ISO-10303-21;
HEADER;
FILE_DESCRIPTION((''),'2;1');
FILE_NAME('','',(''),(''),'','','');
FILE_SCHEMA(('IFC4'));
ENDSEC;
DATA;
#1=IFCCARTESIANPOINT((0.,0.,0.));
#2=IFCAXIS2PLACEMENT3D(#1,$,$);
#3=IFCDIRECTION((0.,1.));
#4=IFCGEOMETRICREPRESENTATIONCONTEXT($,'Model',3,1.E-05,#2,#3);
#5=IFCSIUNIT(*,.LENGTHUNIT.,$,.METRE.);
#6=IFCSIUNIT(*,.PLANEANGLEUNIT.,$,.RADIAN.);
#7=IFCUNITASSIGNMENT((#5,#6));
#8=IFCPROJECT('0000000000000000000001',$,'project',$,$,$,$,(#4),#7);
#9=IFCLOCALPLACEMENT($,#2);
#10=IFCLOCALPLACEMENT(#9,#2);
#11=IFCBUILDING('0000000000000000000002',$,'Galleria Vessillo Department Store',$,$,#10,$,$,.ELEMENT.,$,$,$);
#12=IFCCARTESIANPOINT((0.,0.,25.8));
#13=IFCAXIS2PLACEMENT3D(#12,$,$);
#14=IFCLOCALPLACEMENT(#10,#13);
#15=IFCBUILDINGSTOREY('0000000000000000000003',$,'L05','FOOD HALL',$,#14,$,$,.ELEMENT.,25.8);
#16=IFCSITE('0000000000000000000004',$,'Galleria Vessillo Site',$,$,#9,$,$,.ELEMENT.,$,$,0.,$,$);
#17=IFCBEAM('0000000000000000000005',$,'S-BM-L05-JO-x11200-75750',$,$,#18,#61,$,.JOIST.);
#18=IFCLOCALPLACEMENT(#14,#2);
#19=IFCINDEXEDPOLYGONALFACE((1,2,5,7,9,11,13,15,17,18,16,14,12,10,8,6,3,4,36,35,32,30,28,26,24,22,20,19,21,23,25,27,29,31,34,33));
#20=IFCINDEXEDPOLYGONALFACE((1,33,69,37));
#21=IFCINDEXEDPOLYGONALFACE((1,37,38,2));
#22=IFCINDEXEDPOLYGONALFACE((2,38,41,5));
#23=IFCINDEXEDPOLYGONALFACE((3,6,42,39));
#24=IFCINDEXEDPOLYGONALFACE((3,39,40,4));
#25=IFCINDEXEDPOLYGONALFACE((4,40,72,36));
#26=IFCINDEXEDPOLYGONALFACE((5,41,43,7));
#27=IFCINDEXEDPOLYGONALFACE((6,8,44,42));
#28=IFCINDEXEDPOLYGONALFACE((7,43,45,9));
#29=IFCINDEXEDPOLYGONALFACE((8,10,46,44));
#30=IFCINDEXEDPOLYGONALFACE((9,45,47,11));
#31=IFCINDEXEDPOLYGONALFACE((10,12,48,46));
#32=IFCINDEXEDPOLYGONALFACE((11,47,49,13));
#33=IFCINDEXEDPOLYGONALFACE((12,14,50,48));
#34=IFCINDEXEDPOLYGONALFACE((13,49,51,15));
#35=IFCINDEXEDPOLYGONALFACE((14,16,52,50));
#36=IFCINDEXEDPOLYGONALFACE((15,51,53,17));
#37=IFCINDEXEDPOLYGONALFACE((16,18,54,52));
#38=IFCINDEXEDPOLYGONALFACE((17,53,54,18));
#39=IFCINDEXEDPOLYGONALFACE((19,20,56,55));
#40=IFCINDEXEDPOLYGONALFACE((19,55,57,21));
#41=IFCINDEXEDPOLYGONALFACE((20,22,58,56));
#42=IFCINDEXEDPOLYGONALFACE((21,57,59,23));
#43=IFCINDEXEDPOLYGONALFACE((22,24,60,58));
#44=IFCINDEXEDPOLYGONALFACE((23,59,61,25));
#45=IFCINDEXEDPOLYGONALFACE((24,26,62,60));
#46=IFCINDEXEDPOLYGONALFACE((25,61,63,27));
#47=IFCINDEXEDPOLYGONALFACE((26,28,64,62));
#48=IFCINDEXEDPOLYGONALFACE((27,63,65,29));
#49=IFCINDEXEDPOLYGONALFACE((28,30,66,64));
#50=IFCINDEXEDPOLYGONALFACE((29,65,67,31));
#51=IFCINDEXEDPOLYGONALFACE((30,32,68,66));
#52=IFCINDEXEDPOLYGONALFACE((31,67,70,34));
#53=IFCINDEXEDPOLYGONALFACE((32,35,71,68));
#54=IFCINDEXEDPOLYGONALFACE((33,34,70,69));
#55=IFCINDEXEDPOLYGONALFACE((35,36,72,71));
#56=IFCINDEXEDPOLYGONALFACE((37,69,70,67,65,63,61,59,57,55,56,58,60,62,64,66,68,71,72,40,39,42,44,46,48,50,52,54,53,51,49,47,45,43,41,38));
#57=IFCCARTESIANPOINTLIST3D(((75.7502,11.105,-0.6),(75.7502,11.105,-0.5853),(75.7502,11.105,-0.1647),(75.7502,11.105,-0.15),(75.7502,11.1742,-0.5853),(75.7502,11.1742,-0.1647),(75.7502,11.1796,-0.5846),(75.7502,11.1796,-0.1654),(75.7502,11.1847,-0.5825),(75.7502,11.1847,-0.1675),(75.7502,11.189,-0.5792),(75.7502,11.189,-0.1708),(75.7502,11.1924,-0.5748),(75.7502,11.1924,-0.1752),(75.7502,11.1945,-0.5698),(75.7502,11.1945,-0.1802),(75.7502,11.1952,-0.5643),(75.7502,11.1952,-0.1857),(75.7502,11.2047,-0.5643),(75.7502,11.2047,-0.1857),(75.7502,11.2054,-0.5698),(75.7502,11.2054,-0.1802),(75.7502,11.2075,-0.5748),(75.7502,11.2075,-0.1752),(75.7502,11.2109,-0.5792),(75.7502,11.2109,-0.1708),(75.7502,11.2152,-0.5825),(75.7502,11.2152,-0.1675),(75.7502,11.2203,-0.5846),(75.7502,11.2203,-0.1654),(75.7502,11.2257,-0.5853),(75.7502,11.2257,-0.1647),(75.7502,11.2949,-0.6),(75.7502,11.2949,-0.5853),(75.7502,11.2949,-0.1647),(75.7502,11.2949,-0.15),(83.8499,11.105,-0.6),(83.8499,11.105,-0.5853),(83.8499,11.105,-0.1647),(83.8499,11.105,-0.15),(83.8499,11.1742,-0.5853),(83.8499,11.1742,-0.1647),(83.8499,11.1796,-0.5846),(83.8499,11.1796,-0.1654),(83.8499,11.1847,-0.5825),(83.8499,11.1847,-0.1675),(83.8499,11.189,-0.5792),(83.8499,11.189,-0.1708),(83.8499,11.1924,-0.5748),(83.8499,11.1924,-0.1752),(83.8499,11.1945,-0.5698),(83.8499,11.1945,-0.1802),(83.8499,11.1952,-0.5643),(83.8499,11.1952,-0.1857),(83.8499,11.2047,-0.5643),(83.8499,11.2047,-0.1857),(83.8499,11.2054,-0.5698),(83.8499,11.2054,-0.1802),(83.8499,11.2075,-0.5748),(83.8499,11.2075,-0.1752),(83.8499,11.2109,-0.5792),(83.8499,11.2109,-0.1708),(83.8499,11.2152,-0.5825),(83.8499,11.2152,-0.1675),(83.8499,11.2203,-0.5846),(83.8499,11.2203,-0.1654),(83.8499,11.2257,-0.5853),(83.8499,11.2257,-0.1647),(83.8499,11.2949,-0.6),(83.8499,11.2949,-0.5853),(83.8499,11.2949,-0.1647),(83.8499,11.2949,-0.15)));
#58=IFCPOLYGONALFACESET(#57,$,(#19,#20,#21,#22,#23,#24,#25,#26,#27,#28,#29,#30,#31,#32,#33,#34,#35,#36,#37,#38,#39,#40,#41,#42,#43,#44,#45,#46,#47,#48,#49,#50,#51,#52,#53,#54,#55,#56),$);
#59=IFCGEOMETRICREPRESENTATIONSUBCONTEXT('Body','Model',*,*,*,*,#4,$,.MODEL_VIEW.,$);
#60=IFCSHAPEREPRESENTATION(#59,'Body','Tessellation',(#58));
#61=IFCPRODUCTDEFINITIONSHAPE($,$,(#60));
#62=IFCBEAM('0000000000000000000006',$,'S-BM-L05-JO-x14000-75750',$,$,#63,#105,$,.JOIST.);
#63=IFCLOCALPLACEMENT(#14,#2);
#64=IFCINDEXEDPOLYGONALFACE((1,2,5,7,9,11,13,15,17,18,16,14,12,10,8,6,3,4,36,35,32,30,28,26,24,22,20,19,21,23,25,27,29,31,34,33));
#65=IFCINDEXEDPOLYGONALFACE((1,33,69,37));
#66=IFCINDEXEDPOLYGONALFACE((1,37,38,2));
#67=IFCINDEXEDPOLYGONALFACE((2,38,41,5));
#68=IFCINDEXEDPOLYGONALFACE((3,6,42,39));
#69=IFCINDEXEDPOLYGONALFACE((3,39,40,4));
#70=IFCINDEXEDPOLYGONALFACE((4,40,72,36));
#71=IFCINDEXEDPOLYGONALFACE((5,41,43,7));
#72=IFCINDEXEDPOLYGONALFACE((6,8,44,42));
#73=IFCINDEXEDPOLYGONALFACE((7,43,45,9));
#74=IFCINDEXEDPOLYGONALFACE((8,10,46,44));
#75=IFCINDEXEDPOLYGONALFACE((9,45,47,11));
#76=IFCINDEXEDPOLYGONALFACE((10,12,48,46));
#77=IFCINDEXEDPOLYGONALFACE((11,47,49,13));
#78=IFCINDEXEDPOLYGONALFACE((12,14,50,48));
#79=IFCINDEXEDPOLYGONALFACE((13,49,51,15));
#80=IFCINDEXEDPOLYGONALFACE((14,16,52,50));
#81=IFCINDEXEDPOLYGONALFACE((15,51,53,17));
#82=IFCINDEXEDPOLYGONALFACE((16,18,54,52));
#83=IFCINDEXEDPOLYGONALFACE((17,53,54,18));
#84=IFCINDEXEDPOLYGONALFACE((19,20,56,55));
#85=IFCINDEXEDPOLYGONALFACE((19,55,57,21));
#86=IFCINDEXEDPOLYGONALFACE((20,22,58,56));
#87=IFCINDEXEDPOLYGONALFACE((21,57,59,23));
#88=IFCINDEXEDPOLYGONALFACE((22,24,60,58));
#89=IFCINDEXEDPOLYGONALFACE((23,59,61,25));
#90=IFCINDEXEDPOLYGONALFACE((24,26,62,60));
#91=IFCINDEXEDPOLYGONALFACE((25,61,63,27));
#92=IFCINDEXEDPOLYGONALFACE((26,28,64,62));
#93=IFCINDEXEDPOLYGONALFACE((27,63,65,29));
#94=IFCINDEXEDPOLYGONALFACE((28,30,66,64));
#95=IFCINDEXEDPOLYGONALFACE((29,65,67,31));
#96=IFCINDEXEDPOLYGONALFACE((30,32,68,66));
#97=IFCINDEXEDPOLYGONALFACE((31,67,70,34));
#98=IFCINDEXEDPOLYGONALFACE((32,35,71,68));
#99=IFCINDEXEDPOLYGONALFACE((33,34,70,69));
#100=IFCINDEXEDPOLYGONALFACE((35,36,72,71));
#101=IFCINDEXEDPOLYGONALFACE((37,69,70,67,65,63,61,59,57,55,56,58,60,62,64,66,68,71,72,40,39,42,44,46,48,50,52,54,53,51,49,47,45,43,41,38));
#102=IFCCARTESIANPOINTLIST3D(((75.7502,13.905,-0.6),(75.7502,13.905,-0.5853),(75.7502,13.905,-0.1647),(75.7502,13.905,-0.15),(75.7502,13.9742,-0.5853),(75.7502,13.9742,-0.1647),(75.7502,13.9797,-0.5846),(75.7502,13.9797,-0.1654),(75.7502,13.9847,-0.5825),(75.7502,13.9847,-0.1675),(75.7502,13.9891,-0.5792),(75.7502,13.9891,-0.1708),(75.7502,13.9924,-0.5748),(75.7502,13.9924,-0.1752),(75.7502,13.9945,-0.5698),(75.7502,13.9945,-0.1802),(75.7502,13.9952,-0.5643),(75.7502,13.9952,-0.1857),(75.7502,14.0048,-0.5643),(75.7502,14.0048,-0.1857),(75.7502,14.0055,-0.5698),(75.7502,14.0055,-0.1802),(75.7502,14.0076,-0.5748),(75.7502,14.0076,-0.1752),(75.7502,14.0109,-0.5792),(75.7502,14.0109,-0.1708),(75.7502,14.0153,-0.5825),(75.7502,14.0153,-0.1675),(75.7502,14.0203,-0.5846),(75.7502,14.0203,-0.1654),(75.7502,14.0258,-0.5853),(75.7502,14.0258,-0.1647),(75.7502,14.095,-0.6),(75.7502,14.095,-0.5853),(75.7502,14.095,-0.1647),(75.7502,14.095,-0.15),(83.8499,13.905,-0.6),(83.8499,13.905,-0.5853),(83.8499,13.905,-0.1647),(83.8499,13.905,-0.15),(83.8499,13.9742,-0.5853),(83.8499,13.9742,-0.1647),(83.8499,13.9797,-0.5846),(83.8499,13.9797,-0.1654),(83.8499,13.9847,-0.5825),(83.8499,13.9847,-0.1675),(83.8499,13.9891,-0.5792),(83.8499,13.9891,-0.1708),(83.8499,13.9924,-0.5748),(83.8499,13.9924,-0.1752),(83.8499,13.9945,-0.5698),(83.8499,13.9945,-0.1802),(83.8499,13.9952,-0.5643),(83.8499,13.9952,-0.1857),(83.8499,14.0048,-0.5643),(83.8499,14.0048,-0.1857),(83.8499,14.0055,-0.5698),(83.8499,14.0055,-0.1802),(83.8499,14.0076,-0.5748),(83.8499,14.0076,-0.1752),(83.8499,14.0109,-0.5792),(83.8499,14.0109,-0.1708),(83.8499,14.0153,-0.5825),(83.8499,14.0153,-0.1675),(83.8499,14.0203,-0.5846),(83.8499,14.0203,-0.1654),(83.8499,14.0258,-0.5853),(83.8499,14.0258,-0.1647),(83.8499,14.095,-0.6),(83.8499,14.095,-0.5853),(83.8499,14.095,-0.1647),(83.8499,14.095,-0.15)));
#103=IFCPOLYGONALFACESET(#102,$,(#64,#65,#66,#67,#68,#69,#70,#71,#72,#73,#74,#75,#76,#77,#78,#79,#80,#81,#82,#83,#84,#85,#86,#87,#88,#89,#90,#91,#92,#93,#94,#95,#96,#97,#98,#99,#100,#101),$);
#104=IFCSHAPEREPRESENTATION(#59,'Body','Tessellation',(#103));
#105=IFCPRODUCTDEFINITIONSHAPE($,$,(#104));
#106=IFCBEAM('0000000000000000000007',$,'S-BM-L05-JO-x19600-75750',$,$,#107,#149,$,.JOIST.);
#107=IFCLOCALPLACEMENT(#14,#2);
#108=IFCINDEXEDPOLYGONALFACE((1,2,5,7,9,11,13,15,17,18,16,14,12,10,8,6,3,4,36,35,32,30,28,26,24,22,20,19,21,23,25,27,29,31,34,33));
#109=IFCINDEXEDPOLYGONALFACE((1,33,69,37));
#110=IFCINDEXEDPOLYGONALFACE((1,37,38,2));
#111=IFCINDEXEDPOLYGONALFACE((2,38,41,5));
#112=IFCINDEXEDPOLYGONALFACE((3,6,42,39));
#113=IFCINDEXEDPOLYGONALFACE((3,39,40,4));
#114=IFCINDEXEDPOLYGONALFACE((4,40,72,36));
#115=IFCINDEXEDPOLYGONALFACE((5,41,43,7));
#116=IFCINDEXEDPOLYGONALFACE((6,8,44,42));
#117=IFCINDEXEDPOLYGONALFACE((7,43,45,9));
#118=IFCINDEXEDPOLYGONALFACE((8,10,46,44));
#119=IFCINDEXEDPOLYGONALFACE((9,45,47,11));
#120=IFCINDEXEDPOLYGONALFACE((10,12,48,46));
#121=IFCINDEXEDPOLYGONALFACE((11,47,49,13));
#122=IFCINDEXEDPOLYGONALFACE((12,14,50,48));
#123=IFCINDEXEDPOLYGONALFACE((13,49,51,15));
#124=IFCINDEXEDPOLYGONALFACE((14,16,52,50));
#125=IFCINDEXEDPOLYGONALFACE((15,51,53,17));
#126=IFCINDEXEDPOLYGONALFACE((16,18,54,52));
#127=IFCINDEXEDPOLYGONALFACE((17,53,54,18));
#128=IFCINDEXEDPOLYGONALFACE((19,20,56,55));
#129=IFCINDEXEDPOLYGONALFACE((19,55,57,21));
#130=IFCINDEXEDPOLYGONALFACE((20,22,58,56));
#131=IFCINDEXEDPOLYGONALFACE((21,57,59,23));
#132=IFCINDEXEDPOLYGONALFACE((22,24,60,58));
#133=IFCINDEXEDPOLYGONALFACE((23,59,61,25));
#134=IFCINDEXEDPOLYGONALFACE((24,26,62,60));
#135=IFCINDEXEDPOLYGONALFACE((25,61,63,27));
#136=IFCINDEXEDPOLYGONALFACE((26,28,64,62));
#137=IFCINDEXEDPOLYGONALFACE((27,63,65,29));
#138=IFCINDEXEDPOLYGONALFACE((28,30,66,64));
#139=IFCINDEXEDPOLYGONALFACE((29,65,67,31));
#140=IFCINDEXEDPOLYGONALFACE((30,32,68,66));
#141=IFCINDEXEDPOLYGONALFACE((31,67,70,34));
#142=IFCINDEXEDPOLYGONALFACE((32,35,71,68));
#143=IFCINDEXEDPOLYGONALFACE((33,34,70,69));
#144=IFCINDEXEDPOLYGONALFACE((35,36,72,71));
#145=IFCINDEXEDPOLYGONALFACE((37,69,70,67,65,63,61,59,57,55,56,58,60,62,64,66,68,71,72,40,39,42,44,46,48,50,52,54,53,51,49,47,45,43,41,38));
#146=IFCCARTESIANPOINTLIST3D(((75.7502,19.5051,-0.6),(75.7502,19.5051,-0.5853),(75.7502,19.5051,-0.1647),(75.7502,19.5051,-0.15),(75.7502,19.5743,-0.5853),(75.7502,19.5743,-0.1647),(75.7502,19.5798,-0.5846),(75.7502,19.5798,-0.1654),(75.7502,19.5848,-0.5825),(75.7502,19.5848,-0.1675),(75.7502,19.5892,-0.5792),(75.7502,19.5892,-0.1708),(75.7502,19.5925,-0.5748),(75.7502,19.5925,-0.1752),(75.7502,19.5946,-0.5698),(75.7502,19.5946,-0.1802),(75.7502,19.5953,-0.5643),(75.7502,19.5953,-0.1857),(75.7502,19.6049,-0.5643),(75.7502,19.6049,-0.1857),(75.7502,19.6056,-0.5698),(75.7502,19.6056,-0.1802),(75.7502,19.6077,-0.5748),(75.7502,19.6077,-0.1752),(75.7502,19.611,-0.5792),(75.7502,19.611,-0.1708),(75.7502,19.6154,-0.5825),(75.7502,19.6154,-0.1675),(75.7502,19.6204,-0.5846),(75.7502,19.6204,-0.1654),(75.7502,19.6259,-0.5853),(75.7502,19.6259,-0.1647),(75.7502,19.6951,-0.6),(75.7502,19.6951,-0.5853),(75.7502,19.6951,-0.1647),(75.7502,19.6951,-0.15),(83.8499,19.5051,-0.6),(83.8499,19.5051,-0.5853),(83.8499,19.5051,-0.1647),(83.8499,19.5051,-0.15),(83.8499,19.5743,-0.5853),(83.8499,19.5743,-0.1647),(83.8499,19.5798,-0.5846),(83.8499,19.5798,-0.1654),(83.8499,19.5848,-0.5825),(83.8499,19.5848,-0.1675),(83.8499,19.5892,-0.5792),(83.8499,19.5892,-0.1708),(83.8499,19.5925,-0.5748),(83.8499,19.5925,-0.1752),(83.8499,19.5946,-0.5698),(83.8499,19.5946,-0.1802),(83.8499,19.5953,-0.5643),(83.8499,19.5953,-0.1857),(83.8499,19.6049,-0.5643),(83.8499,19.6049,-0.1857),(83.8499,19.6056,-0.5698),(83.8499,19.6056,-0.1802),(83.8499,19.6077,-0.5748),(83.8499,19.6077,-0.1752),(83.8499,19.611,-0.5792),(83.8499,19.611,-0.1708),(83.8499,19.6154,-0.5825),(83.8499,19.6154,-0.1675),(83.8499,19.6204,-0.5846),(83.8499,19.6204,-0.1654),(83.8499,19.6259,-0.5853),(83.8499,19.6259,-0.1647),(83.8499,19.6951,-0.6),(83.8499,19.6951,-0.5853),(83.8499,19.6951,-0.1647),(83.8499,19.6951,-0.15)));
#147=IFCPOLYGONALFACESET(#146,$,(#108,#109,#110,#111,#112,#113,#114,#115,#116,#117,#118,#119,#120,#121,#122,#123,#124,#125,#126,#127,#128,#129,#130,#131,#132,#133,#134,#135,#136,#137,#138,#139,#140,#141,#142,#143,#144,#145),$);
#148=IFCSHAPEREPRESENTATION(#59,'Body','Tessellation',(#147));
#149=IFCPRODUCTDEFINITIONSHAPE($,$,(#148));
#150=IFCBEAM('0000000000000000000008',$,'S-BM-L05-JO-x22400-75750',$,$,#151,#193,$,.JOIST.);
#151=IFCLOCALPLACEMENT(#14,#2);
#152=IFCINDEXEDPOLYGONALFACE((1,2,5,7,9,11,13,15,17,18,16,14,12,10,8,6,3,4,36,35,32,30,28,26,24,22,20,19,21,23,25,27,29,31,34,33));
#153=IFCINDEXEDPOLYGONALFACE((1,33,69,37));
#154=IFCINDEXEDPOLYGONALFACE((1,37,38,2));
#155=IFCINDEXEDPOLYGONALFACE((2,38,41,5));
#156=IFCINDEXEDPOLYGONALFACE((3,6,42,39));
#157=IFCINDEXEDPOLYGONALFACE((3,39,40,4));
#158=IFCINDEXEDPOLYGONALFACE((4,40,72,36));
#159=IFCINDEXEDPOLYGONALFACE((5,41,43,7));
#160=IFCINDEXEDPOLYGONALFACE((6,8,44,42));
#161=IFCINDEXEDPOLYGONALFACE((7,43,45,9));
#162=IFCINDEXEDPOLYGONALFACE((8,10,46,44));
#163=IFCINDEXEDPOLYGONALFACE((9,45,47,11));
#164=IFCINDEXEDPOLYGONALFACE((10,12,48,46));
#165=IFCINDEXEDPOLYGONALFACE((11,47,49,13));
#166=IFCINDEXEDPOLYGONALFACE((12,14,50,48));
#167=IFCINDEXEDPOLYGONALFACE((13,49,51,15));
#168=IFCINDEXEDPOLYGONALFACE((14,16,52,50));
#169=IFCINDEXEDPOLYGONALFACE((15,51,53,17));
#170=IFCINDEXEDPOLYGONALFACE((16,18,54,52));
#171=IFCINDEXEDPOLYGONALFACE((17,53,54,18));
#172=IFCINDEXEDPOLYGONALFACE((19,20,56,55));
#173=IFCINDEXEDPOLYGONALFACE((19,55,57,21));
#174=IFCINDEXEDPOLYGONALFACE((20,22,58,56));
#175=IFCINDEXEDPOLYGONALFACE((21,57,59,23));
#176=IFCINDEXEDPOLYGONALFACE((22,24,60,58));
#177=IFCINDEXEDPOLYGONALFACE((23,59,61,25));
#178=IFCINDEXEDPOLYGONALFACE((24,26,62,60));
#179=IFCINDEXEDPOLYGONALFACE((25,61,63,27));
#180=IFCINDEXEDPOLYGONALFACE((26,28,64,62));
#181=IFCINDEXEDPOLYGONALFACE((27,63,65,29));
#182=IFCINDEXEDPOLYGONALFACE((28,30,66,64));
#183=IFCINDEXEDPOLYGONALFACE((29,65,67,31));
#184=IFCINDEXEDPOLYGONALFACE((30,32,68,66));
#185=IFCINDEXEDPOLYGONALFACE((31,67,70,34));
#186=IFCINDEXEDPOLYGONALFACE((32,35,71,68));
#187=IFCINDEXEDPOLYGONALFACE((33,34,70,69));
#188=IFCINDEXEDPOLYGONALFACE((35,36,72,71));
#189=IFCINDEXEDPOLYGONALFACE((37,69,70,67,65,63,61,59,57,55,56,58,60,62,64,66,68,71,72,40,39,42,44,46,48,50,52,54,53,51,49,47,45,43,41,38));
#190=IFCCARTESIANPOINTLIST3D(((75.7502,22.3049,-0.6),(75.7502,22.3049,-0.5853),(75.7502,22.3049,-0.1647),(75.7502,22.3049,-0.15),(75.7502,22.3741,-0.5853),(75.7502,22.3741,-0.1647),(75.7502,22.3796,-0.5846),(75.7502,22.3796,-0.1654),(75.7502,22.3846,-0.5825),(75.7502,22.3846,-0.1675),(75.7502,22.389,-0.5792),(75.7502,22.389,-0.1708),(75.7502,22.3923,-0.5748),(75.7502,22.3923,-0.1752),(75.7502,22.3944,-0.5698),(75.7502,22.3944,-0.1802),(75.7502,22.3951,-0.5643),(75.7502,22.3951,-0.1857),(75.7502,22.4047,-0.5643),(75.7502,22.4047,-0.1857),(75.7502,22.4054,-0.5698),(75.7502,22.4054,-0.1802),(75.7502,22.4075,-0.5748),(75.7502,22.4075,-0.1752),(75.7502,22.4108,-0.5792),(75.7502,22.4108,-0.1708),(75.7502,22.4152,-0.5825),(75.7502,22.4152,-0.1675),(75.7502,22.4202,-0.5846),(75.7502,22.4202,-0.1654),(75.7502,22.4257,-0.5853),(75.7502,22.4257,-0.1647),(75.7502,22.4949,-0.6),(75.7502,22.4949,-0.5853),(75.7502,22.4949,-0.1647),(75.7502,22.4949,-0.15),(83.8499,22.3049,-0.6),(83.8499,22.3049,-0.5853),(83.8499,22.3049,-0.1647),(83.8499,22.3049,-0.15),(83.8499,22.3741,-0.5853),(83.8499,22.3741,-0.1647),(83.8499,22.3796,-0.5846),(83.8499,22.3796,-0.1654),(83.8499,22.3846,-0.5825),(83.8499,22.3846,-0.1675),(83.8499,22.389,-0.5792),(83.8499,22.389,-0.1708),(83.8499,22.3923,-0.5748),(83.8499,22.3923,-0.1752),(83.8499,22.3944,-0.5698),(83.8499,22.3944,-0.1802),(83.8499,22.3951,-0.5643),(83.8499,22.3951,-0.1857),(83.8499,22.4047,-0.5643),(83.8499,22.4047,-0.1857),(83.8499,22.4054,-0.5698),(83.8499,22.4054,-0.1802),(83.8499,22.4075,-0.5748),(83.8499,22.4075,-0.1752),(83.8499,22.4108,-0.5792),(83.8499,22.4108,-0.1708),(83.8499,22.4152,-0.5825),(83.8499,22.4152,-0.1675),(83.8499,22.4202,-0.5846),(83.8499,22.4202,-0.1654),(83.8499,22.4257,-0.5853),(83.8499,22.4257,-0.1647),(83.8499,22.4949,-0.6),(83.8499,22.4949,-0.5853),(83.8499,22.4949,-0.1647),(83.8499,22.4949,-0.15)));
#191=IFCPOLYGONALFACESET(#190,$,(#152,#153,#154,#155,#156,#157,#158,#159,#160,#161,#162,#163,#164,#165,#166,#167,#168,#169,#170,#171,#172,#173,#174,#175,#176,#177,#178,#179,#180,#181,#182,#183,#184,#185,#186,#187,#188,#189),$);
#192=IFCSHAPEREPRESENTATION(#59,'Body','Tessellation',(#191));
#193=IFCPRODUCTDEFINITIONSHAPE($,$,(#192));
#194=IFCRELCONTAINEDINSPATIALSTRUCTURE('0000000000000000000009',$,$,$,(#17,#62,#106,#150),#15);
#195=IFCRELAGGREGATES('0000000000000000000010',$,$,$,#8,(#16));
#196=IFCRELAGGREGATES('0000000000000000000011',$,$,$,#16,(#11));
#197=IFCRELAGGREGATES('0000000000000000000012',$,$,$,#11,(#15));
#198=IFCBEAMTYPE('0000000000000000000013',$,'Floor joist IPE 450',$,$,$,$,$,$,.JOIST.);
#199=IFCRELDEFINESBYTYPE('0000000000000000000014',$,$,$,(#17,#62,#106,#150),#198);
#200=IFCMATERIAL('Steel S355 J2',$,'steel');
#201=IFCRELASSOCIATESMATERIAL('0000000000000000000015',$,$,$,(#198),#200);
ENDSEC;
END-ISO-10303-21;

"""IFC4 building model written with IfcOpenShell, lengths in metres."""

from ifc_helpers import new_model, si_unit, direction, frame, origin, origin_2d, place, context, subcontext, project, spatial, i_section, extrude, material, material_profile, profile_set, type_object, element, save


model = new_model("IFC4")

# Units and contexts
model_context = context("Model", 3, precision=1e-05, world=origin(), true_north=direction((0.0, 1.0)))
body_context = subcontext(model_context, "Body", "Model", "MODEL_VIEW")
ifc_project = project(units=[si_unit("LENGTHUNIT", "METRE"), si_unit("PLANEANGLEUNIT", "RADIAN")], contexts=[model_context])

# Site, building, storey
site_placement = place(None, origin())
site = spatial("IfcSite", under=ifc_project, at=site_placement, Name="Galleria Vessillo Site", CompositionType="ELEMENT", RefElevation=0.0)
building_placement = place(site_placement, origin())
building = spatial("IfcBuilding", under=site, at=building_placement, Name="Galleria Vessillo Department Store", CompositionType="ELEMENT")
storey_placement = place(building_placement, frame((0.0, 0.0, 25.8)))
storey = spatial("IfcBuildingStorey", under=building, at=storey_placement, Name="L05", Description="FOOD HALL", CompositionType="ELEMENT", Elevation=25.8)

# Beams
ifc_material_1 = material(Name="Steel S355 J2", Category="steel")
ifc_material_profile_1 = material_profile(ifc_material_1, i_section(OverallWidth=0.1899, OverallDepth=0.45, WebThickness=0.0095, FlangeThickness=0.0146, FilletRadius=0.021, at=origin_2d()), Name="IPE 450")
ifc_profile_set_1 = profile_set([ifc_material_profile_1], Name="Steel S355 J2")
beam_type_1 = type_object("IfcBeamType", Name="Floor joist IPE 450", PredefinedType="JOIST", material=ifc_profile_set_1)
for number, where, z_axis, x_axis, name in (
    (1, (75.7502, 11.2, -0.375), (1.0, 0.0, 0.0), (0.0, 1.0, 0.0), "S-BM-L05-JO-x11200-75750"),
    (2, (75.7502, 14.0, -0.375), (1.0, 0.0, 0.0), (0.0, 1.0, 0.0), "S-BM-L05-JO-x14000-75750"),
    (3, (75.7502, 19.6001, -0.375), (1.0, 0.0, 0.0), (0.0, 1.0, 0.0), "S-BM-L05-JO-x19600-75750"),
    (4, (75.7502, 22.3999, -0.375), (1.0, 0.0, 0.0), (0.0, 1.0, 0.0), "S-BM-L05-JO-x22400-75750"),
):
    element("IfcBeam", number, at=place(storey_placement, frame(where, z_axis=z_axis, x_axis=x_axis)), inside=storey, type_object=beam_type_1, Name=name, PredefinedType="JOIST", context=body_context, shape_type="SweptSolid", body=[
        extrude(i_section(OverallWidth=0.1899, OverallDepth=0.45, WebThickness=0.0095, FlangeThickness=0.0146, FilletRadius=0.021, at=origin_2d()), origin(), (0.0, 0.0, 1.0), 8.0996),
    ])

save(model, "model.ifc")
